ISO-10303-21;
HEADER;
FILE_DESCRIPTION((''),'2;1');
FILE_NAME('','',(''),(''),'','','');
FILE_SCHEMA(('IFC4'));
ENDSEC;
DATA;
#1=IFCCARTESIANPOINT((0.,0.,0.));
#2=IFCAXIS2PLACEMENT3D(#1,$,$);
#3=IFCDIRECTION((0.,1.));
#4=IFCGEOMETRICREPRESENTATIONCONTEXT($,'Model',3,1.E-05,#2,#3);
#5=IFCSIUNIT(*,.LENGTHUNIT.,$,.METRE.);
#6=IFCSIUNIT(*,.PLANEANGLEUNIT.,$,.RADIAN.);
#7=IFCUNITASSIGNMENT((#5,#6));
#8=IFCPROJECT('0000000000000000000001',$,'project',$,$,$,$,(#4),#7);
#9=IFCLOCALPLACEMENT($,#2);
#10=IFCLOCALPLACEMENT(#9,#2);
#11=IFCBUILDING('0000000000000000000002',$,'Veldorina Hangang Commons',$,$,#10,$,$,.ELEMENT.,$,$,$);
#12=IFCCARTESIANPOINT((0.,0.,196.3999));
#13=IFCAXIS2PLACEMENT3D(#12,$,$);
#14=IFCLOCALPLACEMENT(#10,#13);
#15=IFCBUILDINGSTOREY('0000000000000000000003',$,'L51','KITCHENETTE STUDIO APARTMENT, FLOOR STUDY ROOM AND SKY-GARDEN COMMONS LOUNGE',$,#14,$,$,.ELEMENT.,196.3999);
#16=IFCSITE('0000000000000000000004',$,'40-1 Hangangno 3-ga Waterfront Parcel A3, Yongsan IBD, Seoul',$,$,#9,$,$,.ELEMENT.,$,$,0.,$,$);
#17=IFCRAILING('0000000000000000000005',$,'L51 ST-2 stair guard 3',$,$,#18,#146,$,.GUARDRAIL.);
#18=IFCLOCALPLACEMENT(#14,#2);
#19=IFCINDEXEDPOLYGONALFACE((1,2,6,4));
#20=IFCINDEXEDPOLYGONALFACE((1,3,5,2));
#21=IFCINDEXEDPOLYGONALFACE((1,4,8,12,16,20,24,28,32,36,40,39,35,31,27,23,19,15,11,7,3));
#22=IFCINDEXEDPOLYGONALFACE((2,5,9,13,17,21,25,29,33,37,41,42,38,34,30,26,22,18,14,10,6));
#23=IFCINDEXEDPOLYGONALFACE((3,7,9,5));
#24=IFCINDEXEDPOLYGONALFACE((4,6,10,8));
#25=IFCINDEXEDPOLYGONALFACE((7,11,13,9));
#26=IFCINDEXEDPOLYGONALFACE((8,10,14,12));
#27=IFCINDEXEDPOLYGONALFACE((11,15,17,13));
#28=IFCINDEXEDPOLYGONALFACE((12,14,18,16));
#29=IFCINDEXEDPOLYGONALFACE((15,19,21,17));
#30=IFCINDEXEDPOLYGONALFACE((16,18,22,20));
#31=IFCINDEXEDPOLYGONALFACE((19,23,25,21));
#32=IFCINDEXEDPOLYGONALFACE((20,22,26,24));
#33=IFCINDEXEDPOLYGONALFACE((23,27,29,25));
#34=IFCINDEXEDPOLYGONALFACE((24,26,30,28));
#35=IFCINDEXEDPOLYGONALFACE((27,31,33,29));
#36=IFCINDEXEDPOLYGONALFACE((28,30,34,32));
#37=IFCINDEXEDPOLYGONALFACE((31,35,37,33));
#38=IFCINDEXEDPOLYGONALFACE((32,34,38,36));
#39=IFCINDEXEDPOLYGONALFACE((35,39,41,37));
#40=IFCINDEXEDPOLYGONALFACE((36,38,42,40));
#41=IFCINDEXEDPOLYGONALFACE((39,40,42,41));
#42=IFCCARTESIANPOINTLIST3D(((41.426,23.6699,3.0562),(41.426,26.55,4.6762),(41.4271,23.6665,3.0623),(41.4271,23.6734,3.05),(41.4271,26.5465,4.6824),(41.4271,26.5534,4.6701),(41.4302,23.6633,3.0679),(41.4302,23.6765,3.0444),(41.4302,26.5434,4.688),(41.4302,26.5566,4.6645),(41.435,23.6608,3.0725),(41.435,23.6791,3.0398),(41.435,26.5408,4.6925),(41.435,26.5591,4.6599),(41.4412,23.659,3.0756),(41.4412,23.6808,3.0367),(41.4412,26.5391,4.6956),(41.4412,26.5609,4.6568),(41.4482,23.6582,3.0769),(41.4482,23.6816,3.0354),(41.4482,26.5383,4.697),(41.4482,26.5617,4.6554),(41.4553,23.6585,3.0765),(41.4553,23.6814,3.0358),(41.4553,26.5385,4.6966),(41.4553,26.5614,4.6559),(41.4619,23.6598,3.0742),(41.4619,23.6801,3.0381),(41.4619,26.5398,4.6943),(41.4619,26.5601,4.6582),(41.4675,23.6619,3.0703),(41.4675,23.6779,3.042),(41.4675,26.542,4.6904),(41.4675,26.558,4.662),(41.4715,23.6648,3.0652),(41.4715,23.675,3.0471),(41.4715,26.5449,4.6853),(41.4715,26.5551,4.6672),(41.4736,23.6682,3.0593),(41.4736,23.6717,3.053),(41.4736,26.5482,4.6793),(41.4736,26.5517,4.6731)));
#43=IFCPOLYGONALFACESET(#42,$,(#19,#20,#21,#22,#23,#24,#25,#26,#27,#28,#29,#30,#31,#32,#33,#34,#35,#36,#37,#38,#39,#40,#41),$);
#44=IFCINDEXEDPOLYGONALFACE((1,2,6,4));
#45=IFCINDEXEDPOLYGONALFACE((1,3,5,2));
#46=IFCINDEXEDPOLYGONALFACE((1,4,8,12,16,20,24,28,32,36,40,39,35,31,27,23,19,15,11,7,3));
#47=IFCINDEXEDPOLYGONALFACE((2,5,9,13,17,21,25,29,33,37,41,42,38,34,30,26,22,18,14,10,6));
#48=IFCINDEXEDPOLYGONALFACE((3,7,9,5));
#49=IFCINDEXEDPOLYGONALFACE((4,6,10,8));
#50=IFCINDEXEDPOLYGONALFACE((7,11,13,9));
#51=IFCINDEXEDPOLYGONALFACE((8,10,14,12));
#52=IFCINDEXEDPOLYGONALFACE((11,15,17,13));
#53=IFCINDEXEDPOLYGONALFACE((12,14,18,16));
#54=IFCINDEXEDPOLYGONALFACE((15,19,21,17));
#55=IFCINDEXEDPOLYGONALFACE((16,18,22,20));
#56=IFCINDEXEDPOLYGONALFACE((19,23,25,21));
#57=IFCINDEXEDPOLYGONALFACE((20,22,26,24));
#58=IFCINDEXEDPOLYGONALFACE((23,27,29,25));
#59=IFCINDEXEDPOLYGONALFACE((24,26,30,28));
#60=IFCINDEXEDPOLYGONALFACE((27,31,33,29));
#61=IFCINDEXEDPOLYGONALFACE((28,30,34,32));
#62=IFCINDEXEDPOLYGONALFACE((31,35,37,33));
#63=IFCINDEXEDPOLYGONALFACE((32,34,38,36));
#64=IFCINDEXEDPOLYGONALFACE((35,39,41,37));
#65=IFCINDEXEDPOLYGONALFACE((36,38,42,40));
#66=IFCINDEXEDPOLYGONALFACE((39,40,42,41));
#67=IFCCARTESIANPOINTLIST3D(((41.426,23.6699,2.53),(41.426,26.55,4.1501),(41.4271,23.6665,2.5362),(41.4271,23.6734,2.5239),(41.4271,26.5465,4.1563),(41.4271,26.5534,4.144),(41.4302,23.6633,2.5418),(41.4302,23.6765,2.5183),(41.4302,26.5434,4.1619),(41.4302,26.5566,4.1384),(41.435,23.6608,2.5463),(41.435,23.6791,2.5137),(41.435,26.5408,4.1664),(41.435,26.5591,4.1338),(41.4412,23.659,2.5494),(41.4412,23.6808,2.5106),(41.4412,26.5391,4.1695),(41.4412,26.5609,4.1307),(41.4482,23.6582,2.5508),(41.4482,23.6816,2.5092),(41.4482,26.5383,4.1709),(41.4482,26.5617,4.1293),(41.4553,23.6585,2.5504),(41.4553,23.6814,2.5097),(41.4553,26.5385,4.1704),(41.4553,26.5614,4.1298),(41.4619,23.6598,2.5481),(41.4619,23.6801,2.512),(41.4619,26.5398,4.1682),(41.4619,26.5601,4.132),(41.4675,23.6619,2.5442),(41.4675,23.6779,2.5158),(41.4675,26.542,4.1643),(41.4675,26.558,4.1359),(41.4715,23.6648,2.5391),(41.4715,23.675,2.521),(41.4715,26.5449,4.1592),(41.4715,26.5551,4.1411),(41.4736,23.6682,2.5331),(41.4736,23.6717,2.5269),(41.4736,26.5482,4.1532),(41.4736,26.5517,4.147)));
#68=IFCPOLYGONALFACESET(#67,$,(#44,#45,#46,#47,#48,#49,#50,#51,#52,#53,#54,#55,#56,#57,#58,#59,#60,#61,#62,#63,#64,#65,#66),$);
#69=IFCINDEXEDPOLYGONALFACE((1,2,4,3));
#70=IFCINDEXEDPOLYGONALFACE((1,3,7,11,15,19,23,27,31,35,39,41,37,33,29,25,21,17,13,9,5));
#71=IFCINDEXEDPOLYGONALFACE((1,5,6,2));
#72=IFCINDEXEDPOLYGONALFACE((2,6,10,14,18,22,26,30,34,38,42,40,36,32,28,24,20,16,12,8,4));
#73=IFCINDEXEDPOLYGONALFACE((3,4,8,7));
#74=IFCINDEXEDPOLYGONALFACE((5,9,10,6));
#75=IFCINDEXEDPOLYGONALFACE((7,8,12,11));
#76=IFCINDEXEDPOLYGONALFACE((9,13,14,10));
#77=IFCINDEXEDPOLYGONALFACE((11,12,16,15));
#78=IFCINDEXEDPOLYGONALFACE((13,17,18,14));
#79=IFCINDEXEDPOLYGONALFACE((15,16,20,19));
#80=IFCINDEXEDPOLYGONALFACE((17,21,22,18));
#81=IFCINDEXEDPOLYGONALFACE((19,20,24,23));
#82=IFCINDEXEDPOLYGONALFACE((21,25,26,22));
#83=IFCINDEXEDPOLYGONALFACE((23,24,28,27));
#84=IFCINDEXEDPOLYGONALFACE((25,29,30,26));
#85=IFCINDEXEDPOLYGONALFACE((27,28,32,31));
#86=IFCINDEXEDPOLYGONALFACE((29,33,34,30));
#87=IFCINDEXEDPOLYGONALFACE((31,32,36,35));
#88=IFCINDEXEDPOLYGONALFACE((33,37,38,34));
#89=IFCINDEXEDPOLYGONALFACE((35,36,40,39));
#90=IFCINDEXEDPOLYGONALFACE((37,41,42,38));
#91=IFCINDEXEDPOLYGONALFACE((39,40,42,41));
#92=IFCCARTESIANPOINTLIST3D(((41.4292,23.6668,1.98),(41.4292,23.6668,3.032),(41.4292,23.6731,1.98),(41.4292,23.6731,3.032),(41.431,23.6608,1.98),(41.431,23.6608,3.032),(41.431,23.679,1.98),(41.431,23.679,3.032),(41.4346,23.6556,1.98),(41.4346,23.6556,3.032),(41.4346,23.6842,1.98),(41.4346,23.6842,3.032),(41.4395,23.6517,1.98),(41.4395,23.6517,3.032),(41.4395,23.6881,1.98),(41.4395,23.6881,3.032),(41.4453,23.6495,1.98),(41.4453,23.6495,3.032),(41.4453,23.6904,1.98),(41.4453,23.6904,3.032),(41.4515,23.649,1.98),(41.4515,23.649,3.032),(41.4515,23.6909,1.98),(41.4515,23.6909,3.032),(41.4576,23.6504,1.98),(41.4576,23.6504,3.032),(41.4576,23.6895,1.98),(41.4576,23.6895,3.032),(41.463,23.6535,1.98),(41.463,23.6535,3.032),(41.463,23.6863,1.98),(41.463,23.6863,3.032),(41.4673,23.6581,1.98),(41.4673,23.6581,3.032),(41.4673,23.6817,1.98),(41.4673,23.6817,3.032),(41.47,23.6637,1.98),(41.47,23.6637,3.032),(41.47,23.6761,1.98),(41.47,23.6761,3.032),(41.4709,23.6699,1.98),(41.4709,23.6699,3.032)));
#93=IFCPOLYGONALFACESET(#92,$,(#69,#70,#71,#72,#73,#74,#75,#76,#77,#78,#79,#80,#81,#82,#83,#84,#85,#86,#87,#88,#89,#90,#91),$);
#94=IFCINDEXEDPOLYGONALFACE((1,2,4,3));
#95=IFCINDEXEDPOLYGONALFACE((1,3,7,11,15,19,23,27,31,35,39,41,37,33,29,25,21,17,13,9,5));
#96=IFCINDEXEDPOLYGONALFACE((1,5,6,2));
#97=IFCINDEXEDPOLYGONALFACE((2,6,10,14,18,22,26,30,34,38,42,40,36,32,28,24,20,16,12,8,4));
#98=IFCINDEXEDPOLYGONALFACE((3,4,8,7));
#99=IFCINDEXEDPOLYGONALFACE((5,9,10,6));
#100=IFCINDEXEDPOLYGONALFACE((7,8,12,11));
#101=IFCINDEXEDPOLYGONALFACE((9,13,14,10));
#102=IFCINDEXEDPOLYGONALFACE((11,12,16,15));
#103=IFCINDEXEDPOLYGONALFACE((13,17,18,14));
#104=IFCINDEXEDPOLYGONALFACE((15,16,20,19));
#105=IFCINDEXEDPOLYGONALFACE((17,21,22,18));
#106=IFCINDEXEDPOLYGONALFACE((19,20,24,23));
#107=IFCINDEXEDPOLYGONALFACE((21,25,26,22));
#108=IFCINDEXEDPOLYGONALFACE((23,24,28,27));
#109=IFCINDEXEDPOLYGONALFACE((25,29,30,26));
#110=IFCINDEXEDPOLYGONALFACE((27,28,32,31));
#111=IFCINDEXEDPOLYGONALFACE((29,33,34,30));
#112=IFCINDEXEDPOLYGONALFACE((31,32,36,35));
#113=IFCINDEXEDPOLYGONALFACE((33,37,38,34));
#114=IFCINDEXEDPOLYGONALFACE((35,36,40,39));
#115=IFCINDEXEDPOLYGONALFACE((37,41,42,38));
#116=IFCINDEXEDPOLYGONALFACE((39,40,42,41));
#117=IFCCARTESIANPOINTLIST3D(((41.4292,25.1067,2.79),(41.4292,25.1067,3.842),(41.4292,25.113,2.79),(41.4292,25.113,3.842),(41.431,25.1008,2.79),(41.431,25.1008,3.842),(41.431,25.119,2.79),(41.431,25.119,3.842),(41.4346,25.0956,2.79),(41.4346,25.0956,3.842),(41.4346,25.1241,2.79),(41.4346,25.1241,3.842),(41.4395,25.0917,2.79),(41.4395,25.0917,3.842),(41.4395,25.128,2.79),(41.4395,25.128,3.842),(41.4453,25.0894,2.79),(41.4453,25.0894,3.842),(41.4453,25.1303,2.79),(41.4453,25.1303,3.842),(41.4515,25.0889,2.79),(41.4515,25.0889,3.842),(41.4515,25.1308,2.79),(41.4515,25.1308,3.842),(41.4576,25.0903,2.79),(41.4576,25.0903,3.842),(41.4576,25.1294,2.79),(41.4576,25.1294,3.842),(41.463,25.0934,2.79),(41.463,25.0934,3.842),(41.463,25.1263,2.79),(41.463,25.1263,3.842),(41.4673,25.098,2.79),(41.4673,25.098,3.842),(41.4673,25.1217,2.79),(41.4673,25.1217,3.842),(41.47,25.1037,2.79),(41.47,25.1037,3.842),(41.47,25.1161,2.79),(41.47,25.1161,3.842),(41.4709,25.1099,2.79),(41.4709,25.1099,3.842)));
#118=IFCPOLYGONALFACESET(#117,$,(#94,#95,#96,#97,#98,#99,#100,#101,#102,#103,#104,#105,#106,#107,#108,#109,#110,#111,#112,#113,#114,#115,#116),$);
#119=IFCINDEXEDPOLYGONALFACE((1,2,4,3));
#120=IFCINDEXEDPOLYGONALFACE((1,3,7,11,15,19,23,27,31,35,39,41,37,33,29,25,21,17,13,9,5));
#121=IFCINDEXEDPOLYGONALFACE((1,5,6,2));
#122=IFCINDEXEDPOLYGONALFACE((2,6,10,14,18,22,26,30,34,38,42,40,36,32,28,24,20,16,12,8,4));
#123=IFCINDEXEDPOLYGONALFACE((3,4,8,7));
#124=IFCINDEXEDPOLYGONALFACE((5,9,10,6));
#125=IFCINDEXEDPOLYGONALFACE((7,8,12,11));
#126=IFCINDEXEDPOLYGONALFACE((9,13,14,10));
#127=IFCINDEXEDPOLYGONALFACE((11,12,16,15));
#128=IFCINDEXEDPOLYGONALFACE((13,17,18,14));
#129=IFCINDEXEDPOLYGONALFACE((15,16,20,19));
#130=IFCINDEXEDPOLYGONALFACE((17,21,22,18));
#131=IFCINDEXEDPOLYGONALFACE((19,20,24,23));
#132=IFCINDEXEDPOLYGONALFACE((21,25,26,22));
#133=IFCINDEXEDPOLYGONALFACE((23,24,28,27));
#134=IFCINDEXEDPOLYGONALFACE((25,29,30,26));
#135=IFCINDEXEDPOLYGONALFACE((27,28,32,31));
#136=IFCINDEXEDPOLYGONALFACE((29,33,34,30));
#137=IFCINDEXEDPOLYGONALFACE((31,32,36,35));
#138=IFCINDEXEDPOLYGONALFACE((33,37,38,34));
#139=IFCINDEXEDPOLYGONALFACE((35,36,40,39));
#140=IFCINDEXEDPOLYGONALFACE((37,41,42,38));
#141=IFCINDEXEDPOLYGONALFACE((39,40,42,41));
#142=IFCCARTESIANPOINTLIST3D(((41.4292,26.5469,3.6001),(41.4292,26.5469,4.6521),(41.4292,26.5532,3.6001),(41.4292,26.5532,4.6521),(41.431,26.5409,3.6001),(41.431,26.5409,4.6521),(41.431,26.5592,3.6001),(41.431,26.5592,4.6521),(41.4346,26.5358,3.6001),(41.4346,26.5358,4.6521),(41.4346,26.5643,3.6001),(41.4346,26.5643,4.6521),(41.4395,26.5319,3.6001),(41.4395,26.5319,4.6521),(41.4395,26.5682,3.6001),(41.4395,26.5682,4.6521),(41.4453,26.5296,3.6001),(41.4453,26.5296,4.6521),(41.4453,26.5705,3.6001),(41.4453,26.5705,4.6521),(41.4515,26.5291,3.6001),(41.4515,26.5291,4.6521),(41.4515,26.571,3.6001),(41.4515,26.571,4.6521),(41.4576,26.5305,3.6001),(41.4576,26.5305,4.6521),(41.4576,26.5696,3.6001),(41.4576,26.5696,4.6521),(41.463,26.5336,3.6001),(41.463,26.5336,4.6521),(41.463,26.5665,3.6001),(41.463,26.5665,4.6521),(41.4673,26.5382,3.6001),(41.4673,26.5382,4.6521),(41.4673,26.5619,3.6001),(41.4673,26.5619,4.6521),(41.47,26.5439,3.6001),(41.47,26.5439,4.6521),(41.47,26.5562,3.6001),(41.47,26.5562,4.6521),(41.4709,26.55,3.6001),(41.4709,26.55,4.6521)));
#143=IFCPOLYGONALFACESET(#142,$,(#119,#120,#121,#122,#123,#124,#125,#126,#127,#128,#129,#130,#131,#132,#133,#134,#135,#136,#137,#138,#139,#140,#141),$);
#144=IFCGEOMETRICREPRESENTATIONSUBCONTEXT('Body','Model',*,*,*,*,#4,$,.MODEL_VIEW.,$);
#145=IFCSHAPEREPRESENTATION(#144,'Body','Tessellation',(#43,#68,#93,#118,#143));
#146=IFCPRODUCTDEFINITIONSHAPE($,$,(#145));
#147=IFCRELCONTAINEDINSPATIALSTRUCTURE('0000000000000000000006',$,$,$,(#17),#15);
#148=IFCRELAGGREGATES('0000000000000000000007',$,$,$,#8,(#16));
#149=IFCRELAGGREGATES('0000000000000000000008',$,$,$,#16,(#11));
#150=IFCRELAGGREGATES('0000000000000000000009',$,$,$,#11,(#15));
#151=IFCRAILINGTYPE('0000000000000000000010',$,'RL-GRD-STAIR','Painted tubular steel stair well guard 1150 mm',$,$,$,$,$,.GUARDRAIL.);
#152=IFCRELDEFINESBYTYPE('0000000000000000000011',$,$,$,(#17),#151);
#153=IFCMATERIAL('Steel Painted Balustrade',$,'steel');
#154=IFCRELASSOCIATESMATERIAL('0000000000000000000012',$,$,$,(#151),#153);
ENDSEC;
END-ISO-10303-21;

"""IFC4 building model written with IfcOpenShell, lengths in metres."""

from ifc_helpers import new_model, si_unit, direction, frame, origin, origin_2d, place, context, subcontext, project, spatial, circle, extrude, material, type_object, element, save


model = new_model("IFC4")

# Units and contexts
model_context = context("Model", 3, precision=1e-05, world=origin(), true_north=direction((0.0, 1.0)))
body_context = subcontext(model_context, "Body", "Model", "MODEL_VIEW")
ifc_project = project(units=[si_unit("LENGTHUNIT", "METRE"), si_unit("PLANEANGLEUNIT", "RADIAN")], contexts=[model_context])

# Site, building, storey
site_placement = place(None, origin())
site = spatial("IfcSite", under=ifc_project, at=site_placement, Name="40-1 Hangangno 3-ga Waterfront Parcel A3, Yongsan IBD, Seoul", CompositionType="ELEMENT", RefElevation=0.0)
building_placement = place(site_placement, origin())
building = spatial("IfcBuilding", under=site, at=building_placement, Name="Veldorina Hangang Commons", CompositionType="ELEMENT")
storey_placement = place(building_placement, frame((0.0, 0.0, 196.3999)))
storey = spatial("IfcBuildingStorey", under=building, at=storey_placement, Name="L51", Description="KITCHENETTE STUDIO APARTMENT, FLOOR STUDY ROOM AND SKY-GARDEN COMMONS LOUNGE", CompositionType="ELEMENT", Elevation=196.3999)

# Railing
ifc_material_1 = material(Name="Steel Painted Balustrade", Category="steel")
railing_type_1 = type_object("IfcRailingType", Name="RL-GRD-STAIR", Description="Painted tubular steel stair well guard 1150 mm", PredefinedType="GUARDRAIL", material=ifc_material_1)
railing_1_placement = place(storey_placement, frame((41.45, 23.6699, 1.98)))
element("IfcRailing", 1, at=railing_1_placement, inside=storey, type_object=railing_type_1, Name="L51 ST-2 stair guard 3", PredefinedType="GUARDRAIL", context=body_context, shape_type="SweptSolid", body=[
    extrude(circle(Radius=0.0239, at=origin_2d()), frame((0.0, 0.0, 1.0762), z_axis=(0.0, 0.87157, 0.490272), x_axis=(-1.0, 0.0, 0.0)), (0.0, 0.0, 1.0), 3.3044),
    extrude(circle(Radius=0.0239, at=origin_2d()), frame((0.0, 0.0, 0.55), z_axis=(0.0, 0.87157, 0.490272), x_axis=(-1.0, 0.0, 0.0)), (0.0, 0.0, 1.0), 3.3044),
    extrude(circle(Radius=0.021, at=origin_2d()), origin(), (0.0, 0.0, 1.0), 1.052),
    extrude(circle(Radius=0.021, at=origin_2d()), frame((0.0, 1.4399, 0.8101)), (0.0, 0.0, 1.0), 1.052),
    extrude(circle(Radius=0.021, at=origin_2d()), frame((0.0, 2.8801, 1.6201)), (0.0, 0.0, 1.0), 1.052),
])

save(model, "model.ifc")
